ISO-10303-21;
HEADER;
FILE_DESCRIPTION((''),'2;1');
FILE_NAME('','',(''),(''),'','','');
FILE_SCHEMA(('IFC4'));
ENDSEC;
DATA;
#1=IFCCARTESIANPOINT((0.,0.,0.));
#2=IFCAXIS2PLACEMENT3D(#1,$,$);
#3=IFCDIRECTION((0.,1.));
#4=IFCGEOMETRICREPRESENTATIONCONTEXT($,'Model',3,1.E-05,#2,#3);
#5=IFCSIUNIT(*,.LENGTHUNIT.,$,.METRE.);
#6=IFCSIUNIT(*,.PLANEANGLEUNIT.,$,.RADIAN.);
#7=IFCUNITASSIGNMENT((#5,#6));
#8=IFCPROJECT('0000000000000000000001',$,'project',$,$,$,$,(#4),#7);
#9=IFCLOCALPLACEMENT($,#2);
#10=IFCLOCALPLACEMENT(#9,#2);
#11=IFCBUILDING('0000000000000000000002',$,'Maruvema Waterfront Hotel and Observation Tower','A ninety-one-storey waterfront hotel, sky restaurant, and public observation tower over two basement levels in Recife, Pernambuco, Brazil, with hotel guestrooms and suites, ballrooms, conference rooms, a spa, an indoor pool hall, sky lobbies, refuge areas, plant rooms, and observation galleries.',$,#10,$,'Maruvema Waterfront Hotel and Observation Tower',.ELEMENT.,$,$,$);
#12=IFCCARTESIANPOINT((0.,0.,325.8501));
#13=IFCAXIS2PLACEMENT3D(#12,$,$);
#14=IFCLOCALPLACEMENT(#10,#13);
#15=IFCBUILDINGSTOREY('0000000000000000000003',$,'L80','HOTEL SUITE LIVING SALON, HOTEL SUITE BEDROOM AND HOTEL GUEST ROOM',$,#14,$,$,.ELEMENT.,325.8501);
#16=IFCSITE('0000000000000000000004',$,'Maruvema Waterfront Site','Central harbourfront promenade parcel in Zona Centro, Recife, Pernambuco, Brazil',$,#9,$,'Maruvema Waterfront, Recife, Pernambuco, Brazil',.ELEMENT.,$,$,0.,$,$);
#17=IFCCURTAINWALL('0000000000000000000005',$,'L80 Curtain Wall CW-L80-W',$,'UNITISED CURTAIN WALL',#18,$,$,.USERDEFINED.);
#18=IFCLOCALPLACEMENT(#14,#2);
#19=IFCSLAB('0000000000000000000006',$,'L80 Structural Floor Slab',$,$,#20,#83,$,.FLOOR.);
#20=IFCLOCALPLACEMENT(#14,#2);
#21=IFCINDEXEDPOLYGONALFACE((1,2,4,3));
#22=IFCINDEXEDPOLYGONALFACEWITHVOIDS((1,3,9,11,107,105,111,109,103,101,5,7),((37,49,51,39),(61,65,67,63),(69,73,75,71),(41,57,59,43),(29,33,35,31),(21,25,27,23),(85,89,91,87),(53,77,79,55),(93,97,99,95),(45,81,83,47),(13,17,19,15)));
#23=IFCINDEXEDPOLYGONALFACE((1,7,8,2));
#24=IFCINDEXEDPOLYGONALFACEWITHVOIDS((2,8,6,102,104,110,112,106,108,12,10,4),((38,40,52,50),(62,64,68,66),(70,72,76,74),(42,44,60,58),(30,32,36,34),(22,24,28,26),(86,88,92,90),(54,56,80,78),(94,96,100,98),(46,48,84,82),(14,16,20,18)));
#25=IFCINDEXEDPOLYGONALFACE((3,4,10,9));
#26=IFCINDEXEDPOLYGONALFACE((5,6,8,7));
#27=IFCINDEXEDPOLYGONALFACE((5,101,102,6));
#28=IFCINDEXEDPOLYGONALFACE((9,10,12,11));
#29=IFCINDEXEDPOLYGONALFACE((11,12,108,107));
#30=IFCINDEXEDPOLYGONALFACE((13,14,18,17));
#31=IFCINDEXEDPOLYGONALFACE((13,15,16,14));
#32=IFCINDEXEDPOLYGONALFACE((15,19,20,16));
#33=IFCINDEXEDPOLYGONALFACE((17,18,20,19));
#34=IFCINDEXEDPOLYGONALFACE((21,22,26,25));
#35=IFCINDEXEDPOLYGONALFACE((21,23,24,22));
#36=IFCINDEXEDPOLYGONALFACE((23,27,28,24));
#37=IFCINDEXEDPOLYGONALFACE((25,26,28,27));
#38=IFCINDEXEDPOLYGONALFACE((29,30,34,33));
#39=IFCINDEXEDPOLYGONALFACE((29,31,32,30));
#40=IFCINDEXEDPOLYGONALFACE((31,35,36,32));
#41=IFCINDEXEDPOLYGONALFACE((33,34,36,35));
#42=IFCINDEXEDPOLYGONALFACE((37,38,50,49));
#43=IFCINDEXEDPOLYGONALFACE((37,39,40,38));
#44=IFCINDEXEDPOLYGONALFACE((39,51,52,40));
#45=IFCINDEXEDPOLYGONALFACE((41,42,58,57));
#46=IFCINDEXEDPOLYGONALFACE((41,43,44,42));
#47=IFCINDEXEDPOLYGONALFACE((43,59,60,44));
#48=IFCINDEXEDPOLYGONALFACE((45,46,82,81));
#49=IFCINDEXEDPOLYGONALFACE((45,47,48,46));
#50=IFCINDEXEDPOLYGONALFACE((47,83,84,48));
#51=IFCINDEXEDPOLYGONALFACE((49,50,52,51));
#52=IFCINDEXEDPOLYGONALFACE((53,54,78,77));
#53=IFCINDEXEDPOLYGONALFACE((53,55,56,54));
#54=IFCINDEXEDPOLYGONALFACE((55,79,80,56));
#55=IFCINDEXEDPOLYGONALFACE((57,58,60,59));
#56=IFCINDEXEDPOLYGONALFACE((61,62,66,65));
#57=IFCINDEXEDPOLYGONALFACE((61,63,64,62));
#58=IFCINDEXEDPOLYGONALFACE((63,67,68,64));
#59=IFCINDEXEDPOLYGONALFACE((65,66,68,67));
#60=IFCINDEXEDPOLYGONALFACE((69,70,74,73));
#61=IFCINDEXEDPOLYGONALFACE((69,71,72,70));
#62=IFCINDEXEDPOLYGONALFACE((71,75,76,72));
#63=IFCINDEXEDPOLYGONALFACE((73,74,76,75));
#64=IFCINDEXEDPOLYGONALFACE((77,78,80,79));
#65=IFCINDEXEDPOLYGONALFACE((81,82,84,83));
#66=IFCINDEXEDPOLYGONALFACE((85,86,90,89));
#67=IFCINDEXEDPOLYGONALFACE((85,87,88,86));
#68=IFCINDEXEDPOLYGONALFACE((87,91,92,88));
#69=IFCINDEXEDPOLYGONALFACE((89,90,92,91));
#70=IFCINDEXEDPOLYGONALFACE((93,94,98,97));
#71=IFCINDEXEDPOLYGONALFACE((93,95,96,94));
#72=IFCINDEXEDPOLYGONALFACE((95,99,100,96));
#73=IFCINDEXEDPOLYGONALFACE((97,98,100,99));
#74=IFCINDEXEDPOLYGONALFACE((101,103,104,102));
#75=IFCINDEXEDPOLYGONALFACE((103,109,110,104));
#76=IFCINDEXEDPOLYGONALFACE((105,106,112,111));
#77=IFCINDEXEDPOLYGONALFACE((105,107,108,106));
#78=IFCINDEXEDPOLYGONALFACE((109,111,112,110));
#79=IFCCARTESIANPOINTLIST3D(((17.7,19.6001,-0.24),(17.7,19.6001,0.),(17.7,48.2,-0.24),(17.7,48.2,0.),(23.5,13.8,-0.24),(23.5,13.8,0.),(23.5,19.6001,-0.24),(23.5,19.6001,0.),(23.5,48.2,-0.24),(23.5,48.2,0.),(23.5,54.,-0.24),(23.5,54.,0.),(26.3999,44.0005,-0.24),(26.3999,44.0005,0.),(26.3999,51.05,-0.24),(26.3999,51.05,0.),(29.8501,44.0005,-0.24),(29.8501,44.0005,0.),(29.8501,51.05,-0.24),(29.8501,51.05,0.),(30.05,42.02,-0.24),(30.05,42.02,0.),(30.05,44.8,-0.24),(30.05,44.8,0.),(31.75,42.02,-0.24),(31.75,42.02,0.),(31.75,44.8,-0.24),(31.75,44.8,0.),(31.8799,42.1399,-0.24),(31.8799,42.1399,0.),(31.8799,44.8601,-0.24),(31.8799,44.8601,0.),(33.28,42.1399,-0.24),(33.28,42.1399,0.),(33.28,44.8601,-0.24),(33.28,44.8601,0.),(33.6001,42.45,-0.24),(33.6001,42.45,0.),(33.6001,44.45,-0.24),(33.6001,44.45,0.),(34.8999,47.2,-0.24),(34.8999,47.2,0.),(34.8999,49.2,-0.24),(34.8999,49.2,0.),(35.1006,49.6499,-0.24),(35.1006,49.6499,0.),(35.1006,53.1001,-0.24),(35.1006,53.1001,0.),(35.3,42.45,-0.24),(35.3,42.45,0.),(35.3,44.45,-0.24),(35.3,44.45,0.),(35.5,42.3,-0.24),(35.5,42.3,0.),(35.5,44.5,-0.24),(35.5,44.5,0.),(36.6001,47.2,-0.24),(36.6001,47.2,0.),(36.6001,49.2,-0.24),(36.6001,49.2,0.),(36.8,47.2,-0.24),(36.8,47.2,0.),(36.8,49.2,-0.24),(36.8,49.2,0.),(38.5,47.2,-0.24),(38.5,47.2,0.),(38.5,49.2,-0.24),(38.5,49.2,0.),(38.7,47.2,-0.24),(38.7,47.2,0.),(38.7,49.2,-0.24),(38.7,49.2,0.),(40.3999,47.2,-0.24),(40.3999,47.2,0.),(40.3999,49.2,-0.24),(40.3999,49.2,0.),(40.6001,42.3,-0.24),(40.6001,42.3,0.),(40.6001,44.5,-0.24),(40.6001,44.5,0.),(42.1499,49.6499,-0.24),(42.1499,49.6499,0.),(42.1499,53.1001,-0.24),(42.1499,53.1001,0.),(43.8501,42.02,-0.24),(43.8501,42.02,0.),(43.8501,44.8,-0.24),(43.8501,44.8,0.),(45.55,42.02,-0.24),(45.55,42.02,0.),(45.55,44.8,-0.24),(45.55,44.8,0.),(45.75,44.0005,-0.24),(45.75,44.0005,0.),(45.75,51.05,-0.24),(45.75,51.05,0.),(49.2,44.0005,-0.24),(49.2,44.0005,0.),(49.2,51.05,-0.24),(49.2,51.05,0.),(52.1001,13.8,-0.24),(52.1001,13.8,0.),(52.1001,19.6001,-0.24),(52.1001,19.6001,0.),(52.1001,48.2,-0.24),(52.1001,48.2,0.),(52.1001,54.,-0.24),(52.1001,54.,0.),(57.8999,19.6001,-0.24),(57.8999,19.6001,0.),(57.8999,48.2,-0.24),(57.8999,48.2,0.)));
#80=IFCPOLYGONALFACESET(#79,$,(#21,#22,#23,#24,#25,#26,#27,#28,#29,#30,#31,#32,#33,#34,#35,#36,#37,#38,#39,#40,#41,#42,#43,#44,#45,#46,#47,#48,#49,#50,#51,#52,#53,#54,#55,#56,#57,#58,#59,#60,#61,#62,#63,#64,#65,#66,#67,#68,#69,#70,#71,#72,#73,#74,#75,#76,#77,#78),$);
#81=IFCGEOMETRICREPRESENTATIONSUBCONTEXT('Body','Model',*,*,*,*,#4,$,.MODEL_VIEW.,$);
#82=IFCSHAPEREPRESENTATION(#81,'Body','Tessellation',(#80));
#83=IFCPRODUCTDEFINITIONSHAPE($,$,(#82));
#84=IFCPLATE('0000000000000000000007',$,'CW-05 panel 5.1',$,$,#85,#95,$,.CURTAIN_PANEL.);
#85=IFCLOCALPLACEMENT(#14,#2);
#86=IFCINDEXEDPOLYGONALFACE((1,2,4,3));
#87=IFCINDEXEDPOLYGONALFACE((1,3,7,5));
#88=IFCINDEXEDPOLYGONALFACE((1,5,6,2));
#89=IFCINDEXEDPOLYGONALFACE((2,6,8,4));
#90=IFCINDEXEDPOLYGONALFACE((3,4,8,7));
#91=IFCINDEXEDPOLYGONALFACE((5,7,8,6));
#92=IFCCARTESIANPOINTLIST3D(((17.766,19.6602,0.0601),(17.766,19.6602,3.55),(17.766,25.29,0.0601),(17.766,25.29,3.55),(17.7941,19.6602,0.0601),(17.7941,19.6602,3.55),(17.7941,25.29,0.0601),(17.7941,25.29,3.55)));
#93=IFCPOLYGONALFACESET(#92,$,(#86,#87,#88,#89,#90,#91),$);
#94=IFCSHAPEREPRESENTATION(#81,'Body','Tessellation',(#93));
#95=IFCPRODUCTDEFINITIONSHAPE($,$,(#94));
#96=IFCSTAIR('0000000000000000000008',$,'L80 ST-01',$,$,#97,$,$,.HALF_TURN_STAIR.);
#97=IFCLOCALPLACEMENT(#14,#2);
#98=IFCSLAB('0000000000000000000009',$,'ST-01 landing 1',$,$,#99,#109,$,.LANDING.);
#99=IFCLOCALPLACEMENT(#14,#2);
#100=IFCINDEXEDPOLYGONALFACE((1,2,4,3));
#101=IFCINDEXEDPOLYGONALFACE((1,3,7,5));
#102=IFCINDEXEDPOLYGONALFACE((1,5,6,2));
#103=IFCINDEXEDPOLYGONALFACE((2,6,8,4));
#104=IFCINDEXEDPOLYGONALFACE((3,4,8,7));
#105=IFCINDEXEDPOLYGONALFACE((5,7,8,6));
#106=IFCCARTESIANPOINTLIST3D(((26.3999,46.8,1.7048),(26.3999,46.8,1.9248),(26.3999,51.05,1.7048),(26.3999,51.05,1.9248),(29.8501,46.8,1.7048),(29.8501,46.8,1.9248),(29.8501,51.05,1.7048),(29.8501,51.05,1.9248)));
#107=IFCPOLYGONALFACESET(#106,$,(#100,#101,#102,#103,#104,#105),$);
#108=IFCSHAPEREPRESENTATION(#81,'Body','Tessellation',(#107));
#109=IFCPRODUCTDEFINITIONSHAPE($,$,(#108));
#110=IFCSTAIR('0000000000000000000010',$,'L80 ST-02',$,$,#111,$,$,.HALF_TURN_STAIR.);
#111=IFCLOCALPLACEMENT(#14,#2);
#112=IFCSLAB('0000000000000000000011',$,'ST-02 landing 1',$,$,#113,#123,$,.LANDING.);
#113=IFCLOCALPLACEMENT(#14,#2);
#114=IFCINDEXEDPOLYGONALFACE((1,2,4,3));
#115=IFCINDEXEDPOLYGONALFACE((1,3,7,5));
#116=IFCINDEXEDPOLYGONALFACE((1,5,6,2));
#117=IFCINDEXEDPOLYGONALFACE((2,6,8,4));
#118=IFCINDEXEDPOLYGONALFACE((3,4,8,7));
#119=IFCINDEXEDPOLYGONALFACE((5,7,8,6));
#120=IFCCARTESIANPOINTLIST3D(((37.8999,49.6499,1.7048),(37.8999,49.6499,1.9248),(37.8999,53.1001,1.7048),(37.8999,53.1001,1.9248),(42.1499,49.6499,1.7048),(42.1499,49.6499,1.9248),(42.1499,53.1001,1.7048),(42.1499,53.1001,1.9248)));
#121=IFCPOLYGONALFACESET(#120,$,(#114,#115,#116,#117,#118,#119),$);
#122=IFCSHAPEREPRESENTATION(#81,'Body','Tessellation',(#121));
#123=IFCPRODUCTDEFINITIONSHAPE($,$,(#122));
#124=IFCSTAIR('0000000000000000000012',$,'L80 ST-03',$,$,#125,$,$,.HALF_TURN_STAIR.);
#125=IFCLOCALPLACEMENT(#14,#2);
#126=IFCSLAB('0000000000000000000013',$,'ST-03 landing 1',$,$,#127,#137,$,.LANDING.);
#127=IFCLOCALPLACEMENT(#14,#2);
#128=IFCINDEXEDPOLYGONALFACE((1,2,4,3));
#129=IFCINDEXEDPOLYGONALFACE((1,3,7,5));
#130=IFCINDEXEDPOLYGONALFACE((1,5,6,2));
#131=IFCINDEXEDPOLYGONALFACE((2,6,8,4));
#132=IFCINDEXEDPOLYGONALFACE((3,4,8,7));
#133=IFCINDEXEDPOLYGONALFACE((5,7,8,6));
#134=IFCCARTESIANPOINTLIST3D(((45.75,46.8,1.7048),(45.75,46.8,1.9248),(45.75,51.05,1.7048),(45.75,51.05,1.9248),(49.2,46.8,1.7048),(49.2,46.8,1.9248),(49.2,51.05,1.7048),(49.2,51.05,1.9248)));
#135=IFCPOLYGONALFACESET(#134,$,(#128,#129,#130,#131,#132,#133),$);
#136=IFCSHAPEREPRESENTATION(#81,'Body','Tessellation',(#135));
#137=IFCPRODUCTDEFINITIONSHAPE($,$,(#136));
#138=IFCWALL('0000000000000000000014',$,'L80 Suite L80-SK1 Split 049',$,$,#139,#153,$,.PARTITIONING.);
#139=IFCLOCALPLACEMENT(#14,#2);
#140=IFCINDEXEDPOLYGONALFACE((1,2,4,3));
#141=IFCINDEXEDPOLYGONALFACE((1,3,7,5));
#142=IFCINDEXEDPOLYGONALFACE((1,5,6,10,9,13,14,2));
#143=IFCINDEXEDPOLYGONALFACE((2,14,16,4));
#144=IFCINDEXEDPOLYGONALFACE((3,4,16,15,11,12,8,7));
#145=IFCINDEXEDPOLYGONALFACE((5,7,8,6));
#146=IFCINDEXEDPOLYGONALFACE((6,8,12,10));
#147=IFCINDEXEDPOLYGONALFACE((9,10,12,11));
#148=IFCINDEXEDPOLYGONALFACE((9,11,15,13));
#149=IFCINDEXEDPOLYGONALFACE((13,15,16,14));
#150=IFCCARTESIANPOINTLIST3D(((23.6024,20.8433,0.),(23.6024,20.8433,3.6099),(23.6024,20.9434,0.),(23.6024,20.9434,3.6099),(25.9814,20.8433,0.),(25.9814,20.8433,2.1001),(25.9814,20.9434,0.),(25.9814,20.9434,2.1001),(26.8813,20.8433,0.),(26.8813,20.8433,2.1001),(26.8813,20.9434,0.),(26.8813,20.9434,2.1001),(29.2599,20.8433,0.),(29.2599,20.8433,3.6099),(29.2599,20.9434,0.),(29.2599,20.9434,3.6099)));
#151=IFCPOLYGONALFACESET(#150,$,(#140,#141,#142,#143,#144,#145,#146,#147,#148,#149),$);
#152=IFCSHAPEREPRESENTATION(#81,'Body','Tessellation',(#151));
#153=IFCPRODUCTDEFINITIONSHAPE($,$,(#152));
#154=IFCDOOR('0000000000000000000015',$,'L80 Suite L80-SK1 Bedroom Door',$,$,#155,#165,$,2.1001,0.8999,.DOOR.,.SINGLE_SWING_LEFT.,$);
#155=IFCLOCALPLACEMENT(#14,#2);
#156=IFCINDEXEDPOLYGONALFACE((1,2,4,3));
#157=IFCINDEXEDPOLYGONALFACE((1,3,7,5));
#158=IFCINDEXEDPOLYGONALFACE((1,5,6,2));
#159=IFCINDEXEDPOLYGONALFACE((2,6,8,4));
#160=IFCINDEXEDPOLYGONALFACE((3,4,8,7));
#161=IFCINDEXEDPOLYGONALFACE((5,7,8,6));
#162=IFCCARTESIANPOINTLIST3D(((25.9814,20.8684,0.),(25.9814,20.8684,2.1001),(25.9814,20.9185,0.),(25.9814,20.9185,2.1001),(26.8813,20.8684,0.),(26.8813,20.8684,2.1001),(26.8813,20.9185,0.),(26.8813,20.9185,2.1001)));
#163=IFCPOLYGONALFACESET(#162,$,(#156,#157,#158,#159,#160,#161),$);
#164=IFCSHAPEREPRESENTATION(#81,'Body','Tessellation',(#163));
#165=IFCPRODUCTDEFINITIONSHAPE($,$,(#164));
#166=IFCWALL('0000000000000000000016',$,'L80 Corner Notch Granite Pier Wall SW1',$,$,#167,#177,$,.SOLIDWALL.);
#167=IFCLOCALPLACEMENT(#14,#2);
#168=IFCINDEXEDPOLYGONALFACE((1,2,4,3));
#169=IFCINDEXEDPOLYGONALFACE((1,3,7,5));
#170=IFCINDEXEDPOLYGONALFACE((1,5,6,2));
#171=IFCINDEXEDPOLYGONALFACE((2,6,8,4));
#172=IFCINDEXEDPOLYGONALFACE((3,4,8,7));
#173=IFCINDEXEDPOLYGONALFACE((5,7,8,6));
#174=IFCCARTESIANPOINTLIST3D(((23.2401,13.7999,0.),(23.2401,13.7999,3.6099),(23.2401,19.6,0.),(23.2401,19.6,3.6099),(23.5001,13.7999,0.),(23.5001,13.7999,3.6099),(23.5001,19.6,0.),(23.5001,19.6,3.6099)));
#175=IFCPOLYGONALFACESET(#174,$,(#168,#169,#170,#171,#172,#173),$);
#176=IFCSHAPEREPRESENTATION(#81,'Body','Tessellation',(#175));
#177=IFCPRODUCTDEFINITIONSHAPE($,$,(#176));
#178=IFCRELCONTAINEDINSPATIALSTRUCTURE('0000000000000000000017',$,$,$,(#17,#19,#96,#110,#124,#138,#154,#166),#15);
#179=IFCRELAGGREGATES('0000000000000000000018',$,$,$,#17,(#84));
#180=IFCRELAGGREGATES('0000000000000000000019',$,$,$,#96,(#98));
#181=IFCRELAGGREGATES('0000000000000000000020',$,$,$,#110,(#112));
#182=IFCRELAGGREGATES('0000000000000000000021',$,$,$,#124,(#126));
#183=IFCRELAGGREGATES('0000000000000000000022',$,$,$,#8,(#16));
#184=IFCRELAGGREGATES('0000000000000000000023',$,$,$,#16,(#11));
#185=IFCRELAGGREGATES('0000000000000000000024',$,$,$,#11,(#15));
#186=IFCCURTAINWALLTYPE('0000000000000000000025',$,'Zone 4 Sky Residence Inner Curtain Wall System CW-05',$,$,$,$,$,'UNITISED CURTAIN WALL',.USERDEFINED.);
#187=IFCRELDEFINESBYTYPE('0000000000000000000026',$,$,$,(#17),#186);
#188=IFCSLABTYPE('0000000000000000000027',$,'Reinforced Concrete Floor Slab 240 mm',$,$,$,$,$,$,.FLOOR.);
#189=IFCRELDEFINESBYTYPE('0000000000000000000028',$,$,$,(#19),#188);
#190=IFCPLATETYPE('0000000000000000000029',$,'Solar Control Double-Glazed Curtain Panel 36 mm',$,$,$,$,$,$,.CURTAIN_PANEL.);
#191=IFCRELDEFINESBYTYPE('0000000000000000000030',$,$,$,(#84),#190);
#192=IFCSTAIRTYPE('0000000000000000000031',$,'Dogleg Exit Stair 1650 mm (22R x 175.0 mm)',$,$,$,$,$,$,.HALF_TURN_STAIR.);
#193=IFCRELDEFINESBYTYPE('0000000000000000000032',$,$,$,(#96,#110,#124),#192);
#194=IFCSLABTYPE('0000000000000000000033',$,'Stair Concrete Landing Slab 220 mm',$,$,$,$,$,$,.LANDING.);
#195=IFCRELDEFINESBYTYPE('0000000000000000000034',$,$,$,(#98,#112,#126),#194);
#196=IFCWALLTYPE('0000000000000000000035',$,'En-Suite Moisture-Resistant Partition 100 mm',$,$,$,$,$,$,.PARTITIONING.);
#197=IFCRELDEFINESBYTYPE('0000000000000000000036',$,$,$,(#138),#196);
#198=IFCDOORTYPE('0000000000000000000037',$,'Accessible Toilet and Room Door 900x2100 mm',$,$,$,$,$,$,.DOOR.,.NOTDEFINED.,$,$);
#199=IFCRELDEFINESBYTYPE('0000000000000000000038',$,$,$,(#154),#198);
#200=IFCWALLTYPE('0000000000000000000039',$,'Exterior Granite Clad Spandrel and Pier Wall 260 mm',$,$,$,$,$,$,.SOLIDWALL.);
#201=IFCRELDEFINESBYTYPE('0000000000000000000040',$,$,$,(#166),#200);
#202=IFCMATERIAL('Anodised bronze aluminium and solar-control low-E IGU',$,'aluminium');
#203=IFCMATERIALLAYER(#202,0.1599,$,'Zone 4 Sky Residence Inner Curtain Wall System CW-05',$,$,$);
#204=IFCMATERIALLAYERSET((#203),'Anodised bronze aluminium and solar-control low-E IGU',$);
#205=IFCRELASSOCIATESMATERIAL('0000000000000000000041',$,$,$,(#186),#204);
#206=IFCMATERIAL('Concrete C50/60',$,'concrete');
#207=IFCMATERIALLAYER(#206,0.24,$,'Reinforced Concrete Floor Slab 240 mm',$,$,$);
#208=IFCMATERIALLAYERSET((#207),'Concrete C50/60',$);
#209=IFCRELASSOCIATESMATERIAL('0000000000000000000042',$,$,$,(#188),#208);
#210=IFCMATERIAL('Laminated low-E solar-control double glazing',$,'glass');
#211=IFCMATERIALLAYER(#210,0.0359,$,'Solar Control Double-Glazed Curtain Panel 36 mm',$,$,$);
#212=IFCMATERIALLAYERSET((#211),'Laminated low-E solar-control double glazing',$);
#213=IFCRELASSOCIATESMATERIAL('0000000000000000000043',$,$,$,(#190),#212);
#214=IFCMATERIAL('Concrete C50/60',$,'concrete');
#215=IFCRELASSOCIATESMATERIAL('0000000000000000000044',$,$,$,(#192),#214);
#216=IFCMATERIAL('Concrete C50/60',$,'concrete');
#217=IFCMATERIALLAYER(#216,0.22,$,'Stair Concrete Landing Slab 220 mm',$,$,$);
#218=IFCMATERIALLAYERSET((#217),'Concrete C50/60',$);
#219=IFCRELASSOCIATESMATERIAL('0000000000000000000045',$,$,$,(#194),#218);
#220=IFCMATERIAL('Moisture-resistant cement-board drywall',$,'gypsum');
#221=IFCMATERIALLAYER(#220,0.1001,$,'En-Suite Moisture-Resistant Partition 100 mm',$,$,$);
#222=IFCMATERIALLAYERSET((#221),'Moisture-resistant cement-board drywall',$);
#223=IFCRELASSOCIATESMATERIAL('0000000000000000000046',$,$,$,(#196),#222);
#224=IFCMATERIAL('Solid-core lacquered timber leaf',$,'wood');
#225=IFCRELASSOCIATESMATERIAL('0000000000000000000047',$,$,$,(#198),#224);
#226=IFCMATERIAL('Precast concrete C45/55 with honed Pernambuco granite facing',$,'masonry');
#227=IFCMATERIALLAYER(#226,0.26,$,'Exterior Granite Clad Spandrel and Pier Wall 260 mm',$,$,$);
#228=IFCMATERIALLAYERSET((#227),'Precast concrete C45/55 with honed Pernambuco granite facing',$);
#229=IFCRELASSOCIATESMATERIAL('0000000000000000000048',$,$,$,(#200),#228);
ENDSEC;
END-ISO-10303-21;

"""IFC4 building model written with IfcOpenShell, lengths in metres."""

from ifc_helpers import new_model, si_unit, direction, frame, frame_2d, origin, origin_2d, place, context, subcontext, project, spatial, polyline, rectangle, outline, extrude, material, layer, layer_set, type_object, element, fill, aggregate, save


model = new_model("IFC4")

# Units and contexts
model_context = context("Model", 3, precision=1e-05, world=origin(), true_north=direction((0.0, 1.0)))
body_context = subcontext(model_context, "Body", "Model", "MODEL_VIEW")
ifc_project = project(units=[si_unit("LENGTHUNIT", "METRE"), si_unit("PLANEANGLEUNIT", "RADIAN")], contexts=[model_context])

# Site, building, storey
site_placement = place(None, origin())
site = spatial("IfcSite", under=ifc_project, at=site_placement, Name="Maruvema Waterfront Site", Description="Central harbourfront promenade parcel in Zona Centro, Recife, Pernambuco, Brazil", LongName="Maruvema Waterfront, Recife, Pernambuco, Brazil", CompositionType="ELEMENT", RefElevation=0.0)
building_placement = place(site_placement, origin())
building = spatial("IfcBuilding", under=site, at=building_placement, Name="Maruvema Waterfront Hotel and Observation Tower", Description="A ninety-one-storey waterfront hotel, sky restaurant, and public observation tower over two basement levels in Recife, Pernambuco, Brazil, with hotel guestrooms and suites, ballrooms, conference rooms, a spa, an indoor pool hall, sky lobbies, refuge areas, plant rooms, and observation galleries.", LongName="Maruvema Waterfront Hotel and Observation Tower", CompositionType="ELEMENT")
storey_placement = place(building_placement, frame((0.0, 0.0, 325.8501)))
storey = spatial("IfcBuildingStorey", under=building, at=storey_placement, Name="L80", Description="HOTEL SUITE LIVING SALON, HOTEL SUITE BEDROOM AND HOTEL GUEST ROOM", CompositionType="ELEMENT", Elevation=325.8501)

# Curtain wall
ifc_material_1 = material(Name="Anodised bronze aluminium and solar-control low-E IGU", Category="aluminium")
ifc_layer_1 = layer(ifc_material_1, 0.1599, Name="Zone 4 Sky Residence Inner Curtain Wall System CW-05")
ifc_layer_set_1 = layer_set([ifc_layer_1], Name="Anodised bronze aluminium and solar-control low-E IGU")
curtain_wall_type = type_object("IfcCurtainWallType", Name="Zone 4 Sky Residence Inner Curtain Wall System CW-05", ElementType="UNITISED CURTAIN WALL", PredefinedType="USERDEFINED", material=ifc_layer_set_1)
curtain_wall_1_placement = place(storey_placement, origin())
curtain_wall_1 = element("IfcCurtainWall", 1, at=curtain_wall_1_placement, inside=storey, type_object=curtain_wall_type, Name="L80 Curtain Wall CW-L80-W", ObjectType="UNITISED CURTAIN WALL", PredefinedType="USERDEFINED")

# Slab
ifc_material_2 = material(Name="Concrete C50/60", Category="concrete")
ifc_layer_2 = layer(ifc_material_2, 0.24, Name="Reinforced Concrete Floor Slab 240 mm")
ifc_layer_set_2 = layer_set([ifc_layer_2], Name="Concrete C50/60")
slab_type_1 = type_object("IfcSlabType", Name="Reinforced Concrete Floor Slab 240 mm", PredefinedType="FLOOR", material=ifc_layer_set_2)
slab_1_placement = place(storey_placement, frame((0.0, 0.0, -0.24)))
element("IfcSlab", 2, at=slab_1_placement, inside=storey, type_object=slab_type_1, Name="L80 Structural Floor Slab", PredefinedType="FLOOR", context=body_context, shape_type="SweptSolid", body=[
    extrude(outline(polyline([(23.5, 13.8), (52.1001, 13.8), (52.1001, 19.6001), (57.8999, 19.6001), (57.8999, 48.2), (52.1001, 48.2), (52.1001, 54.0), (23.5, 54.0), (23.5, 48.2), (17.7, 48.2), (17.7, 19.6001), (23.5, 19.6001), (23.5, 13.8)]), holes=[polyline([(26.3999, 44.0005), (26.3999, 51.05), (29.8501, 51.05), (29.8501, 44.0005), (26.3999, 44.0005)]), polyline([(30.05, 44.8), (31.75, 44.8), (31.75, 42.02), (30.05, 42.02), (30.05, 44.8)]), polyline([(31.8799, 42.1399), (31.8799, 44.8601), (33.28, 44.8601), (33.28, 42.1399), (31.8799, 42.1399)]), polyline([(33.6001, 44.45), (35.3, 44.45), (35.3, 42.45), (33.6001, 42.45), (33.6001, 44.45)]), polyline([(34.8999, 49.2), (36.6001, 49.2), (36.6001, 47.2), (34.8999, 47.2), (34.8999, 49.2)]), polyline([(36.8, 47.2), (36.8, 49.2), (38.5, 49.2), (38.5, 47.2), (36.8, 47.2)]), polyline([(35.5, 42.3), (35.5, 44.5), (40.6001, 44.5), (40.6001, 42.3), (35.5, 42.3)]), polyline([(35.1006, 53.1001), (42.1499, 53.1001), (42.1499, 49.6499), (35.1006, 49.6499), (35.1006, 53.1001)]), polyline([(38.7, 49.2), (40.3999, 49.2), (40.3999, 47.2), (38.7, 47.2), (38.7, 49.2)]), polyline([(43.8501, 44.8), (45.55, 44.8), (45.55, 42.02), (43.8501, 42.02), (43.8501, 44.8)]), polyline([(45.75, 44.0005), (45.75, 51.05), (49.2, 51.05), (49.2, 44.0005), (45.75, 44.0005)])]), origin(), (0.0, 0.0, 1.0), 0.24),
])

# Plate
ifc_material_3 = material(Name="Laminated low-E solar-control double glazing", Category="glass")
ifc_layer_3 = layer(ifc_material_3, 0.0359, Name="Solar Control Double-Glazed Curtain Panel 36 mm")
ifc_layer_set_3 = layer_set([ifc_layer_3], Name="Laminated low-E solar-control double glazing")
plate_type = type_object("IfcPlateType", Name="Solar Control Double-Glazed Curtain Panel 36 mm", PredefinedType="CURTAIN_PANEL", material=ifc_layer_set_3)
plate_placement = place(storey_placement, frame((17.78, 22.4751, 0.0601), z_axis=(0.0, 0.0, 1.0), x_axis=(0.0, -1.0, 0.0)))
plate = element("IfcPlate", 3, at=plate_placement, type_object=plate_type, Name="CW-05 panel 5.1", PredefinedType="CURTAIN_PANEL", context=body_context, shape_type="SweptSolid", body=[
    extrude(rectangle(XDim=5.6299, YDim=0.0281, at=origin_2d()), origin(), (0.0, 0.0, 1.0), 3.49),
])
aggregate(curtain_wall_1, [plate])

# Stairs, slabs
ifc_material_4 = material(Name="Concrete C50/60", Category="concrete")
stair_type = type_object("IfcStairType", Name="Dogleg Exit Stair 1650 mm (22R x 175.0 mm)", PredefinedType="HALF_TURN_STAIR", material=ifc_material_4)
stair_1_placement = place(storey_placement, origin())
stair_1 = element("IfcStair", 4, at=stair_1_placement, inside=storey, type_object=stair_type, Name="L80 ST-01", PredefinedType="HALF_TURN_STAIR")
ifc_material_5 = material(Name="Concrete C50/60", Category="concrete")
ifc_layer_4 = layer(ifc_material_5, 0.22, Name="Stair Concrete Landing Slab 220 mm")
ifc_layer_set_4 = layer_set([ifc_layer_4], Name="Concrete C50/60")
slab_type_2 = type_object("IfcSlabType", Name="Stair Concrete Landing Slab 220 mm", PredefinedType="LANDING", material=ifc_layer_set_4)
slab_2_placement = place(storey_placement, frame((0.0, 0.0, 1.7048)))
slab_2 = element("IfcSlab", 5, at=slab_2_placement, type_object=slab_type_2, Name="ST-01 landing 1", PredefinedType="LANDING", context=body_context, shape_type="SweptSolid", body=[
    extrude(outline(polyline([(29.8501, 46.8), (29.8501, 51.05), (26.3999, 51.05), (26.3999, 46.8), (29.8501, 46.8)])), origin(), (0.0, 0.0, 1.0), 0.22),
])
aggregate(stair_1, [slab_2])
stair_2_placement = place(storey_placement, origin())
stair_2 = element("IfcStair", 6, at=stair_2_placement, inside=storey, type_object=stair_type, Name="L80 ST-02", PredefinedType="HALF_TURN_STAIR")
slab_3_placement = place(storey_placement, frame((0.0, 0.0, 1.7048)))
slab_3 = element("IfcSlab", 7, at=slab_3_placement, type_object=slab_type_2, Name="ST-02 landing 1", PredefinedType="LANDING", context=body_context, shape_type="SweptSolid", body=[
    extrude(outline(polyline([(37.8999, 49.6499), (42.1499, 49.6499), (42.1499, 53.1001), (37.8999, 53.1001), (37.8999, 49.6499)])), origin(), (0.0, 0.0, 1.0), 0.22),
])
aggregate(stair_2, [slab_3])
stair_3_placement = place(storey_placement, origin())
stair_3 = element("IfcStair", 8, at=stair_3_placement, inside=storey, type_object=stair_type, Name="L80 ST-03", PredefinedType="HALF_TURN_STAIR")
slab_4_placement = place(storey_placement, frame((0.0, 0.0, 1.7048)))
slab_4 = element("IfcSlab", 9, at=slab_4_placement, type_object=slab_type_2, Name="ST-03 landing 1", PredefinedType="LANDING", context=body_context, shape_type="SweptSolid", body=[
    extrude(outline(polyline([(49.2, 46.8), (49.2, 51.05), (45.75, 51.05), (45.75, 46.8), (49.2, 46.8)])), origin(), (0.0, 0.0, 1.0), 0.22),
])
aggregate(stair_3, [slab_4])

# Wall, opening, door
ifc_material_6 = material(Name="Moisture-resistant cement-board drywall", Category="gypsum")
ifc_layer_5 = layer(ifc_material_6, 0.1001, Name="En-Suite Moisture-Resistant Partition 100 mm")
ifc_layer_set_5 = layer_set([ifc_layer_5], Name="Moisture-resistant cement-board drywall")
wall_type_1 = type_object("IfcWallType", Name="En-Suite Moisture-Resistant Partition 100 mm", PredefinedType="PARTITIONING", material=ifc_layer_set_5)
wall_1_placement = place(storey_placement, frame((23.6025, 20.8933, 0.0), z_axis=(0.0, 0.0, 1.0), x_axis=(1.0, 0.0, 0.0)))
wall_1 = element("IfcWall", 10, at=wall_1_placement, inside=storey, type_object=wall_type_1, Name="L80 Suite L80-SK1 Split 049", PredefinedType="PARTITIONING", context=body_context, shape_type="SweptSolid", body=[
    extrude(rectangle(XDim=5.6575, YDim=0.1001, at=frame_2d((2.8286, 0.0))), origin(), (0.0, 0.0, 1.0), 3.6099),
])
opening_1_placement = place(wall_1_placement, frame((2.3789, 0.0, 0.0)))
opening_1 = element("IfcOpeningElement", 11, at=opening_1_placement, cuts=wall_1, PredefinedType="OPENING", context=body_context, shape_type="SweptSolid", body=[
    extrude(rectangle(XDim=0.8999, YDim=2.1001, at=frame_2d((0.45, 1.05))), frame((0.0, 0.0601, 0.0), z_axis=(0.0, -1.0, 0.0), x_axis=(1.0, 0.0, 0.0)), (0.0, 0.0, 1.0), 0.1201),
])
ifc_material_7 = material(Name="Solid-core lacquered timber leaf", Category="wood")
door_type = type_object("IfcDoorType", Name="Accessible Toilet and Room Door 900x2100 mm", OperationType="NOTDEFINED", PredefinedType="DOOR", material=ifc_material_7)
door_placement = place(opening_1_placement, frame((0.8999, 0.0, 0.0), z_axis=(0.0, 0.0, 1.0), x_axis=(-1.0, 0.0, 0.0)))
door = element("IfcDoor", 12, at=door_placement, inside=storey, type_object=door_type, Name="L80 Suite L80-SK1 Bedroom Door", OperationType="SINGLE_SWING_LEFT", OverallHeight=2.1001, OverallWidth=0.8999, PredefinedType="DOOR", context=body_context, shape_type="SweptSolid", body=[
    extrude(rectangle(XDim=0.8999, YDim=2.1001, at=frame_2d((0.45, 1.05))), frame((0.0, 0.0249, 0.0), z_axis=(0.0, -1.0, 0.0), x_axis=(1.0, 0.0, 0.0)), (0.0, 0.0, 1.0), 0.05),
])
fill(opening_1, door)

# Wall
ifc_material_8 = material(Name="Precast concrete C45/55 with honed Pernambuco granite facing", Category="masonry")
ifc_layer_6 = layer(ifc_material_8, 0.26, Name="Exterior Granite Clad Spandrel and Pier Wall 260 mm")
ifc_layer_set_6 = layer_set([ifc_layer_6], Name="Precast concrete C45/55 with honed Pernambuco granite facing")
wall_type_2 = type_object("IfcWallType", Name="Exterior Granite Clad Spandrel and Pier Wall 260 mm", PredefinedType="SOLIDWALL", material=ifc_layer_set_6)
wall_2_placement = place(storey_placement, frame((23.3701, 13.8, 0.0), z_axis=(0.0, 0.0, 1.0), x_axis=(0.0, 1.0, 0.0)))
element("IfcWall", 13, at=wall_2_placement, inside=storey, type_object=wall_type_2, Name="L80 Corner Notch Granite Pier Wall SW1", PredefinedType="SOLIDWALL", context=body_context, shape_type="SweptSolid", body=[
    extrude(rectangle(XDim=5.8, YDim=0.26, at=frame_2d((2.8999, 0.0))), origin(), (0.0, 0.0, 1.0), 3.6099),
])

save(model, "model.ifc")
